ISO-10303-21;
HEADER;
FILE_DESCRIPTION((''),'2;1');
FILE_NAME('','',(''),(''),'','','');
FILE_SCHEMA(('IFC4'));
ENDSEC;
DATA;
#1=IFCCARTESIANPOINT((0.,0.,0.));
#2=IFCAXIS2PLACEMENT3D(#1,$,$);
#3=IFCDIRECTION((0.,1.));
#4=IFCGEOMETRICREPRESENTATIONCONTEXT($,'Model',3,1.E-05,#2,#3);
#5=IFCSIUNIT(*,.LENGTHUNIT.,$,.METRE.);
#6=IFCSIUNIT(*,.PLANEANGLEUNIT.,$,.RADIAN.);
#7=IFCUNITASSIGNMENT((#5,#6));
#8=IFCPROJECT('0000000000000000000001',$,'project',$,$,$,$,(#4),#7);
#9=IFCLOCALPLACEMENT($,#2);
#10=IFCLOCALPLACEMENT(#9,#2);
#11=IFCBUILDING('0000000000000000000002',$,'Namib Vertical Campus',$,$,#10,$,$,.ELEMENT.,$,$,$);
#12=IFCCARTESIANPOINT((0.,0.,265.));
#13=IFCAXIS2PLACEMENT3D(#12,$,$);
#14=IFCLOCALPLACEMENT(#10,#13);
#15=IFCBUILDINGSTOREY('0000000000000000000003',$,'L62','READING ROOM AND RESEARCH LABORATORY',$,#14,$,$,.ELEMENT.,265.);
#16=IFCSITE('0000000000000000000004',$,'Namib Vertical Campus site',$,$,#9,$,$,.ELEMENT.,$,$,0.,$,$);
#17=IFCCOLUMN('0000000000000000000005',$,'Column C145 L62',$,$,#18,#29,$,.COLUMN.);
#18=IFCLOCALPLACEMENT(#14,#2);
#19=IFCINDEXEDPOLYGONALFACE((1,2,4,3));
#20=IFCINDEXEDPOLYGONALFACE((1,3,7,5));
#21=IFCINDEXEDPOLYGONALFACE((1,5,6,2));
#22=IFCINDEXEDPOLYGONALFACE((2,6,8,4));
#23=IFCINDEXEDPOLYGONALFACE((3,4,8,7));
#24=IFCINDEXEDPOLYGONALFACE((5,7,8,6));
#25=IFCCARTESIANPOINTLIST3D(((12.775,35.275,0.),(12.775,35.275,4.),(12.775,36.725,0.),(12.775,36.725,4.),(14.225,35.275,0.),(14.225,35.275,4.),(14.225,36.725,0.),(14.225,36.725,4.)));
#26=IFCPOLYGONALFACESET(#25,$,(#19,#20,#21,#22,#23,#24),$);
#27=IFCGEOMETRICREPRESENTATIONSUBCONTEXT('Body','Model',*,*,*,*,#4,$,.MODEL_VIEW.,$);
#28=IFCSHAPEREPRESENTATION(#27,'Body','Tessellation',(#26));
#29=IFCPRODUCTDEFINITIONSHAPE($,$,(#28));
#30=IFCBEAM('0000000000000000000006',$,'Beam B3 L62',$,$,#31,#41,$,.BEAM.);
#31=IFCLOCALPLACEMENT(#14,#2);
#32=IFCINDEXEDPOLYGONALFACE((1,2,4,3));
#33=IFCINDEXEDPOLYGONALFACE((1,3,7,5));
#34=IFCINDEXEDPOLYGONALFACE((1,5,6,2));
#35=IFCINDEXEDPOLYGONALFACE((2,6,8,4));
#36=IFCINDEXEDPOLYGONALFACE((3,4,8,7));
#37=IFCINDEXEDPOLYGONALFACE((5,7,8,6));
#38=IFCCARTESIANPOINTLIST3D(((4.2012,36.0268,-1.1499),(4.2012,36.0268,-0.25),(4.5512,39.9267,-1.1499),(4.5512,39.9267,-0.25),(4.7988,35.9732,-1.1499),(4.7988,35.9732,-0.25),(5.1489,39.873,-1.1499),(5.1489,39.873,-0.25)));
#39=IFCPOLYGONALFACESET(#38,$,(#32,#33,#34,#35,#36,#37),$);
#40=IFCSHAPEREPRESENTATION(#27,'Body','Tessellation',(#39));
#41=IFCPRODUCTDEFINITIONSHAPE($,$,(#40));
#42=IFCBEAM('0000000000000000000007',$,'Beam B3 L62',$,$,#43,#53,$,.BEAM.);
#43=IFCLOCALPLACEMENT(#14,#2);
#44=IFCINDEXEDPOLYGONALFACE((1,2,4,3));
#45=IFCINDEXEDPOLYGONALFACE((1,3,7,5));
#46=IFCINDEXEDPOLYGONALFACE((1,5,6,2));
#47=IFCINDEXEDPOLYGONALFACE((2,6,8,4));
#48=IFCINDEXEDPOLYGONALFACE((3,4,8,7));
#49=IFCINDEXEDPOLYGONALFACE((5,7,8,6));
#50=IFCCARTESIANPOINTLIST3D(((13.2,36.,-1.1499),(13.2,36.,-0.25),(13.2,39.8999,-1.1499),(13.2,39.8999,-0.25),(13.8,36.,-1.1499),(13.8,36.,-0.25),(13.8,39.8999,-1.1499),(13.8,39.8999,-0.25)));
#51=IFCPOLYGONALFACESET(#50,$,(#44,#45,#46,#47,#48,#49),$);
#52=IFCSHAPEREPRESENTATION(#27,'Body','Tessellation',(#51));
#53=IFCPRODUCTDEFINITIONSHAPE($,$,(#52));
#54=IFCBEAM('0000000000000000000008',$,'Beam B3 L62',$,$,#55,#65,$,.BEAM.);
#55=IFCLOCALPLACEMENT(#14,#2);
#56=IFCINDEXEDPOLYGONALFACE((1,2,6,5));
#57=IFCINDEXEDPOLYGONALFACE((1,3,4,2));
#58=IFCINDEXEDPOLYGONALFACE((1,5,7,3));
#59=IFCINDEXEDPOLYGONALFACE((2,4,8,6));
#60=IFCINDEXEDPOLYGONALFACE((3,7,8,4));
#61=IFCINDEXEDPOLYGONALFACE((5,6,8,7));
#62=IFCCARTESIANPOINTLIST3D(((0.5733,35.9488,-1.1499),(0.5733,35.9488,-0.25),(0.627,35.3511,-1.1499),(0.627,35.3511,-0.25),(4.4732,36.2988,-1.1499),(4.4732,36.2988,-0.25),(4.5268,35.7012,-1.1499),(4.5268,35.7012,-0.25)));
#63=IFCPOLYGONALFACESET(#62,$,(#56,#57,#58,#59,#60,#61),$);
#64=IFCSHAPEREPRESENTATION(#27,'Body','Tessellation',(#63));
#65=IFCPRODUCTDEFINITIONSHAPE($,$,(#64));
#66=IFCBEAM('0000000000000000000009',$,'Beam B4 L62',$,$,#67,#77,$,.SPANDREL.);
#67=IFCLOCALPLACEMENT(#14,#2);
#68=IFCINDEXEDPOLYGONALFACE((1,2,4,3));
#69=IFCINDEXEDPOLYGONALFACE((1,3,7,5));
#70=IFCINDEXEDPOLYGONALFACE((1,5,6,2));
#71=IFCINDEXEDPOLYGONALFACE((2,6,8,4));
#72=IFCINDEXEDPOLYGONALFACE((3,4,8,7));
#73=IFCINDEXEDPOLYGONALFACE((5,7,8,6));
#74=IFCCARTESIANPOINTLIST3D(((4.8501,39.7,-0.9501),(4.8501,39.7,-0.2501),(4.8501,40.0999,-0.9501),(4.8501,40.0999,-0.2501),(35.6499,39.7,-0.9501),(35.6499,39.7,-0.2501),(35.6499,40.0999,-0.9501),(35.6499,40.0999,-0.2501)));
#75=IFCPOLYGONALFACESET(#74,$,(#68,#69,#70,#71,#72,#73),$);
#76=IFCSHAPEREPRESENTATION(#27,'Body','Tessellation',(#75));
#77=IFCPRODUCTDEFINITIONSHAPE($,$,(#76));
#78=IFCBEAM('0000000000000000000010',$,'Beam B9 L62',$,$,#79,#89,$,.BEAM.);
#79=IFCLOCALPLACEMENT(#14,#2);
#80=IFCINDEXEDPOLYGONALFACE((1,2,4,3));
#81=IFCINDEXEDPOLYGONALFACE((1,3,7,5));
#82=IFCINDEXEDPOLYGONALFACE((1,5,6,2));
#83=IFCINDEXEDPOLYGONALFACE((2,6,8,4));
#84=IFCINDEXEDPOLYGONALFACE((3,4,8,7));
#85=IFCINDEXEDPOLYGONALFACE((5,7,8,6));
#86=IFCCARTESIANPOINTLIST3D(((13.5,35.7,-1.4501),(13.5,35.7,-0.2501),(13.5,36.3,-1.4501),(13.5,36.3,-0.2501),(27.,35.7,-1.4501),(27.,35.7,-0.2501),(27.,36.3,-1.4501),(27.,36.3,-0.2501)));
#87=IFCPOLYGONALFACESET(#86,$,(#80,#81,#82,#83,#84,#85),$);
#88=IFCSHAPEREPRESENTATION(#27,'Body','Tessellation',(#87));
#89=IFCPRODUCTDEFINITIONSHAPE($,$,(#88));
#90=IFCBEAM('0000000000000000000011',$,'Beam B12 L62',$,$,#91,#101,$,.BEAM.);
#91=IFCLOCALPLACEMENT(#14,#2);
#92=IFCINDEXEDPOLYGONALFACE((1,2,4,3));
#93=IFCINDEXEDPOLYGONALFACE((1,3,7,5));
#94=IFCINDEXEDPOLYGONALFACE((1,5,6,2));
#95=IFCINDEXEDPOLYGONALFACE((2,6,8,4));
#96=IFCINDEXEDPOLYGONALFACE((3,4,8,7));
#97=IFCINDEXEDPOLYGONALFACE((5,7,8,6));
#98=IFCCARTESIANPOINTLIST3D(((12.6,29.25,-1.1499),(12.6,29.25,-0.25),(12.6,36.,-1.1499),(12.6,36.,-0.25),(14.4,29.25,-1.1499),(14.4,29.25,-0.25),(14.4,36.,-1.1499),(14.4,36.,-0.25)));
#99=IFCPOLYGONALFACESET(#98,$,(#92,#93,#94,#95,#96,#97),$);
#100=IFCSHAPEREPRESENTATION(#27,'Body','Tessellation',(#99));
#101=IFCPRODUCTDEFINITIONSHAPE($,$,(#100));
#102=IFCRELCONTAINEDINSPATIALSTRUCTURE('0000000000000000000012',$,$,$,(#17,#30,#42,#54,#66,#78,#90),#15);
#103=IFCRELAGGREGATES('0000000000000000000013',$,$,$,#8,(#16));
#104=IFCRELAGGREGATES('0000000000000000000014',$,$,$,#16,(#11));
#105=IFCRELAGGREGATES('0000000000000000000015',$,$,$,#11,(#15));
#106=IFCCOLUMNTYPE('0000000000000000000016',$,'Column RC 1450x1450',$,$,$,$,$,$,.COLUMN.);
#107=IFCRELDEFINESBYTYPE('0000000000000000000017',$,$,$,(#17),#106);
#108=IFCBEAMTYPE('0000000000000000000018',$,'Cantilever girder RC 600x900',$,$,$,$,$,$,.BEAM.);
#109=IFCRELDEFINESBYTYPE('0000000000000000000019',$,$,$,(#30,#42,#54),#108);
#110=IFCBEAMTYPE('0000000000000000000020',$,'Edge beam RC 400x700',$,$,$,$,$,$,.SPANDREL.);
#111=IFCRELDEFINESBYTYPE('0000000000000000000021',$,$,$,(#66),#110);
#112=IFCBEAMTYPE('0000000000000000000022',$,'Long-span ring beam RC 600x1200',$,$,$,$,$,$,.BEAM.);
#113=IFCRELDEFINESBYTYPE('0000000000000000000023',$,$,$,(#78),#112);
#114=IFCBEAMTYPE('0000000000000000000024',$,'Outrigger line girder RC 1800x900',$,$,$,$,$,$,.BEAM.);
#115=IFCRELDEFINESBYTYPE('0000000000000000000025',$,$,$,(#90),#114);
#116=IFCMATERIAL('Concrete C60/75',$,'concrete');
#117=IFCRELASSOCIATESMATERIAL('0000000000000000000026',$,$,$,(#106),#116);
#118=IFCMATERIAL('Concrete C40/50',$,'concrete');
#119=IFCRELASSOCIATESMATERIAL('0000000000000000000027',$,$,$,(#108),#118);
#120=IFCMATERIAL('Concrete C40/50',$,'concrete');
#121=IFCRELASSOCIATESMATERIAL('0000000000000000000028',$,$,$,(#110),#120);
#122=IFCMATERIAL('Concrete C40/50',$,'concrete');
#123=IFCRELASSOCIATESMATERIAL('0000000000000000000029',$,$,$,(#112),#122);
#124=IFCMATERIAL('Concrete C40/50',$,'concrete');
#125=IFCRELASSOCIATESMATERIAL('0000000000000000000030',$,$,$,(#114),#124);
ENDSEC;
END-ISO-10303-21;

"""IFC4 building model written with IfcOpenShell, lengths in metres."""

from ifc_helpers import new_model, si_unit, direction, frame, origin, origin_2d, place, context, subcontext, project, spatial, rectangle, extrude, material, material_profile, profile_set, type_object, element, save


model = new_model("IFC4")

# Units and contexts
model_context = context("Model", 3, precision=1e-05, world=origin(), true_north=direction((0.0, 1.0)))
body_context = subcontext(model_context, "Body", "Model", "MODEL_VIEW")
ifc_project = project(units=[si_unit("LENGTHUNIT", "METRE"), si_unit("PLANEANGLEUNIT", "RADIAN")], contexts=[model_context])

# Site, building, storey
site_placement = place(None, origin())
site = spatial("IfcSite", under=ifc_project, at=site_placement, Name="Namib Vertical Campus site", CompositionType="ELEMENT", RefElevation=0.0)
building_placement = place(site_placement, origin())
building = spatial("IfcBuilding", under=site, at=building_placement, Name="Namib Vertical Campus", CompositionType="ELEMENT")
storey_placement = place(building_placement, frame((0.0, 0.0, 265.0)))
storey = spatial("IfcBuildingStorey", under=building, at=storey_placement, Name="L62", Description="READING ROOM AND RESEARCH LABORATORY", CompositionType="ELEMENT", Elevation=265.0)

# Column
ifc_material_1 = material(Name="Concrete C60/75", Category="concrete")
ifc_material_profile_1 = material_profile(ifc_material_1, rectangle(XDim=1.45, YDim=1.45, at=origin_2d()))
ifc_profile_set_1 = profile_set([ifc_material_profile_1], Name="Concrete C60/75")
column_type = type_object("IfcColumnType", Name="Column RC 1450x1450", PredefinedType="COLUMN", material=ifc_profile_set_1)
column_placement = place(storey_placement, frame((13.5, 36.0, 0.0), z_axis=(0.0, 0.0, 1.0), x_axis=(1.0, 0.0, 0.0)))
element("IfcColumn", 1, at=column_placement, inside=storey, type_object=column_type, Name="Column C145 L62", PredefinedType="COLUMN", context=body_context, shape_type="SweptSolid", body=[
    extrude(rectangle(XDim=1.45, YDim=1.45, at=origin_2d()), origin(), (0.0, 0.0, 1.0), 4.0),
])

# Beams
ifc_material_2 = material(Name="Concrete C40/50", Category="concrete")
ifc_material_profile_2 = material_profile(ifc_material_2, rectangle(XDim=0.6001, YDim=0.8999, at=origin_2d()))
ifc_profile_set_2 = profile_set([ifc_material_profile_2], Name="Concrete C40/50")
beam_type_1 = type_object("IfcBeamType", Name="Cantilever girder RC 600x900", PredefinedType="BEAM", material=ifc_profile_set_2)
beam_1_placement = place(storey_placement, frame((4.5, 36.0, -0.7), z_axis=(0.089411, 0.995995, 0.0), x_axis=(-0.995995, 0.089411, 0.0)))
element("IfcBeam", 2, at=beam_1_placement, inside=storey, type_object=beam_type_1, Name="Beam B3 L62", PredefinedType="BEAM", context=body_context, shape_type="SweptSolid", body=[
    extrude(rectangle(XDim=0.6001, YDim=0.8999, at=origin_2d()), origin(), (0.0, 0.0, 1.0), 3.9155),
])
beam_2_placement = place(storey_placement, frame((13.5, 36.0, -0.7), z_axis=(0.0, 1.0, 0.0), x_axis=(-1.0, 0.0, 0.0)))
element("IfcBeam", 3, at=beam_2_placement, inside=storey, type_object=beam_type_1, Name="Beam B3 L62", PredefinedType="BEAM", context=body_context, shape_type="SweptSolid", body=[
    extrude(rectangle(XDim=0.6001, YDim=0.8999, at=origin_2d()), origin(), (0.0, 0.0, 1.0), 3.8999),
])
beam_3_placement = place(storey_placement, frame((4.5, 36.0, -0.7), z_axis=(-0.995995, -0.089411, 0.0), x_axis=(0.089411, -0.995995, 0.0)))
element("IfcBeam", 4, at=beam_3_placement, inside=storey, type_object=beam_type_1, Name="Beam B3 L62", PredefinedType="BEAM", context=body_context, shape_type="SweptSolid", body=[
    extrude(rectangle(XDim=0.6001, YDim=0.8999, at=origin_2d()), origin(), (0.0, 0.0, 1.0), 3.9155),
])
ifc_material_3 = material(Name="Concrete C40/50", Category="concrete")
ifc_material_profile_3 = material_profile(ifc_material_3, rectangle(XDim=0.3999, YDim=0.7, at=origin_2d()))
ifc_profile_set_3 = profile_set([ifc_material_profile_3], Name="Concrete C40/50")
beam_type_2 = type_object("IfcBeamType", Name="Edge beam RC 400x700", PredefinedType="SPANDREL", material=ifc_profile_set_3)
beam_4_placement = place(storey_placement, frame((4.8501, 39.8999, -0.6001), z_axis=(1.0, 0.0, 0.0), x_axis=(0.0, 1.0, 0.0)))
element("IfcBeam", 5, at=beam_4_placement, inside=storey, type_object=beam_type_2, Name="Beam B4 L62", PredefinedType="SPANDREL", context=body_context, shape_type="SweptSolid", body=[
    extrude(rectangle(XDim=0.3999, YDim=0.7, at=origin_2d()), origin(), (0.0, 0.0, 1.0), 30.7998),
])
ifc_material_4 = material(Name="Concrete C40/50", Category="concrete")
ifc_material_profile_4 = material_profile(ifc_material_4, rectangle(XDim=0.6001, YDim=1.2, at=origin_2d()))
ifc_profile_set_4 = profile_set([ifc_material_profile_4], Name="Concrete C40/50")
beam_type_3 = type_object("IfcBeamType", Name="Long-span ring beam RC 600x1200", PredefinedType="BEAM", material=ifc_profile_set_4)
beam_5_placement = place(storey_placement, frame((13.5, 36.0, -0.8501), z_axis=(1.0, 0.0, 0.0), x_axis=(0.0, 1.0, 0.0)))
element("IfcBeam", 6, at=beam_5_placement, inside=storey, type_object=beam_type_3, Name="Beam B9 L62", PredefinedType="BEAM", context=body_context, shape_type="SweptSolid", body=[
    extrude(rectangle(XDim=0.6001, YDim=1.2, at=origin_2d()), origin(), (0.0, 0.0, 1.0), 13.5),
])
ifc_material_5 = material(Name="Concrete C40/50", Category="concrete")
ifc_material_profile_5 = material_profile(ifc_material_5, rectangle(XDim=1.8, YDim=0.8999, at=origin_2d()))
ifc_profile_set_5 = profile_set([ifc_material_profile_5], Name="Concrete C40/50")
beam_type_4 = type_object("IfcBeamType", Name="Outrigger line girder RC 1800x900", PredefinedType="BEAM", material=ifc_profile_set_5)
beam_6_placement = place(storey_placement, frame((13.5, 36.0, -0.7), z_axis=(0.0, -1.0, 0.0), x_axis=(1.0, 0.0, 0.0)))
element("IfcBeam", 7, at=beam_6_placement, inside=storey, type_object=beam_type_4, Name="Beam B12 L62", PredefinedType="BEAM", context=body_context, shape_type="SweptSolid", body=[
    extrude(rectangle(XDim=1.8, YDim=0.8999, at=origin_2d()), origin(), (0.0, 0.0, 1.0), 6.75),
])

save(model, "model.ifc")
